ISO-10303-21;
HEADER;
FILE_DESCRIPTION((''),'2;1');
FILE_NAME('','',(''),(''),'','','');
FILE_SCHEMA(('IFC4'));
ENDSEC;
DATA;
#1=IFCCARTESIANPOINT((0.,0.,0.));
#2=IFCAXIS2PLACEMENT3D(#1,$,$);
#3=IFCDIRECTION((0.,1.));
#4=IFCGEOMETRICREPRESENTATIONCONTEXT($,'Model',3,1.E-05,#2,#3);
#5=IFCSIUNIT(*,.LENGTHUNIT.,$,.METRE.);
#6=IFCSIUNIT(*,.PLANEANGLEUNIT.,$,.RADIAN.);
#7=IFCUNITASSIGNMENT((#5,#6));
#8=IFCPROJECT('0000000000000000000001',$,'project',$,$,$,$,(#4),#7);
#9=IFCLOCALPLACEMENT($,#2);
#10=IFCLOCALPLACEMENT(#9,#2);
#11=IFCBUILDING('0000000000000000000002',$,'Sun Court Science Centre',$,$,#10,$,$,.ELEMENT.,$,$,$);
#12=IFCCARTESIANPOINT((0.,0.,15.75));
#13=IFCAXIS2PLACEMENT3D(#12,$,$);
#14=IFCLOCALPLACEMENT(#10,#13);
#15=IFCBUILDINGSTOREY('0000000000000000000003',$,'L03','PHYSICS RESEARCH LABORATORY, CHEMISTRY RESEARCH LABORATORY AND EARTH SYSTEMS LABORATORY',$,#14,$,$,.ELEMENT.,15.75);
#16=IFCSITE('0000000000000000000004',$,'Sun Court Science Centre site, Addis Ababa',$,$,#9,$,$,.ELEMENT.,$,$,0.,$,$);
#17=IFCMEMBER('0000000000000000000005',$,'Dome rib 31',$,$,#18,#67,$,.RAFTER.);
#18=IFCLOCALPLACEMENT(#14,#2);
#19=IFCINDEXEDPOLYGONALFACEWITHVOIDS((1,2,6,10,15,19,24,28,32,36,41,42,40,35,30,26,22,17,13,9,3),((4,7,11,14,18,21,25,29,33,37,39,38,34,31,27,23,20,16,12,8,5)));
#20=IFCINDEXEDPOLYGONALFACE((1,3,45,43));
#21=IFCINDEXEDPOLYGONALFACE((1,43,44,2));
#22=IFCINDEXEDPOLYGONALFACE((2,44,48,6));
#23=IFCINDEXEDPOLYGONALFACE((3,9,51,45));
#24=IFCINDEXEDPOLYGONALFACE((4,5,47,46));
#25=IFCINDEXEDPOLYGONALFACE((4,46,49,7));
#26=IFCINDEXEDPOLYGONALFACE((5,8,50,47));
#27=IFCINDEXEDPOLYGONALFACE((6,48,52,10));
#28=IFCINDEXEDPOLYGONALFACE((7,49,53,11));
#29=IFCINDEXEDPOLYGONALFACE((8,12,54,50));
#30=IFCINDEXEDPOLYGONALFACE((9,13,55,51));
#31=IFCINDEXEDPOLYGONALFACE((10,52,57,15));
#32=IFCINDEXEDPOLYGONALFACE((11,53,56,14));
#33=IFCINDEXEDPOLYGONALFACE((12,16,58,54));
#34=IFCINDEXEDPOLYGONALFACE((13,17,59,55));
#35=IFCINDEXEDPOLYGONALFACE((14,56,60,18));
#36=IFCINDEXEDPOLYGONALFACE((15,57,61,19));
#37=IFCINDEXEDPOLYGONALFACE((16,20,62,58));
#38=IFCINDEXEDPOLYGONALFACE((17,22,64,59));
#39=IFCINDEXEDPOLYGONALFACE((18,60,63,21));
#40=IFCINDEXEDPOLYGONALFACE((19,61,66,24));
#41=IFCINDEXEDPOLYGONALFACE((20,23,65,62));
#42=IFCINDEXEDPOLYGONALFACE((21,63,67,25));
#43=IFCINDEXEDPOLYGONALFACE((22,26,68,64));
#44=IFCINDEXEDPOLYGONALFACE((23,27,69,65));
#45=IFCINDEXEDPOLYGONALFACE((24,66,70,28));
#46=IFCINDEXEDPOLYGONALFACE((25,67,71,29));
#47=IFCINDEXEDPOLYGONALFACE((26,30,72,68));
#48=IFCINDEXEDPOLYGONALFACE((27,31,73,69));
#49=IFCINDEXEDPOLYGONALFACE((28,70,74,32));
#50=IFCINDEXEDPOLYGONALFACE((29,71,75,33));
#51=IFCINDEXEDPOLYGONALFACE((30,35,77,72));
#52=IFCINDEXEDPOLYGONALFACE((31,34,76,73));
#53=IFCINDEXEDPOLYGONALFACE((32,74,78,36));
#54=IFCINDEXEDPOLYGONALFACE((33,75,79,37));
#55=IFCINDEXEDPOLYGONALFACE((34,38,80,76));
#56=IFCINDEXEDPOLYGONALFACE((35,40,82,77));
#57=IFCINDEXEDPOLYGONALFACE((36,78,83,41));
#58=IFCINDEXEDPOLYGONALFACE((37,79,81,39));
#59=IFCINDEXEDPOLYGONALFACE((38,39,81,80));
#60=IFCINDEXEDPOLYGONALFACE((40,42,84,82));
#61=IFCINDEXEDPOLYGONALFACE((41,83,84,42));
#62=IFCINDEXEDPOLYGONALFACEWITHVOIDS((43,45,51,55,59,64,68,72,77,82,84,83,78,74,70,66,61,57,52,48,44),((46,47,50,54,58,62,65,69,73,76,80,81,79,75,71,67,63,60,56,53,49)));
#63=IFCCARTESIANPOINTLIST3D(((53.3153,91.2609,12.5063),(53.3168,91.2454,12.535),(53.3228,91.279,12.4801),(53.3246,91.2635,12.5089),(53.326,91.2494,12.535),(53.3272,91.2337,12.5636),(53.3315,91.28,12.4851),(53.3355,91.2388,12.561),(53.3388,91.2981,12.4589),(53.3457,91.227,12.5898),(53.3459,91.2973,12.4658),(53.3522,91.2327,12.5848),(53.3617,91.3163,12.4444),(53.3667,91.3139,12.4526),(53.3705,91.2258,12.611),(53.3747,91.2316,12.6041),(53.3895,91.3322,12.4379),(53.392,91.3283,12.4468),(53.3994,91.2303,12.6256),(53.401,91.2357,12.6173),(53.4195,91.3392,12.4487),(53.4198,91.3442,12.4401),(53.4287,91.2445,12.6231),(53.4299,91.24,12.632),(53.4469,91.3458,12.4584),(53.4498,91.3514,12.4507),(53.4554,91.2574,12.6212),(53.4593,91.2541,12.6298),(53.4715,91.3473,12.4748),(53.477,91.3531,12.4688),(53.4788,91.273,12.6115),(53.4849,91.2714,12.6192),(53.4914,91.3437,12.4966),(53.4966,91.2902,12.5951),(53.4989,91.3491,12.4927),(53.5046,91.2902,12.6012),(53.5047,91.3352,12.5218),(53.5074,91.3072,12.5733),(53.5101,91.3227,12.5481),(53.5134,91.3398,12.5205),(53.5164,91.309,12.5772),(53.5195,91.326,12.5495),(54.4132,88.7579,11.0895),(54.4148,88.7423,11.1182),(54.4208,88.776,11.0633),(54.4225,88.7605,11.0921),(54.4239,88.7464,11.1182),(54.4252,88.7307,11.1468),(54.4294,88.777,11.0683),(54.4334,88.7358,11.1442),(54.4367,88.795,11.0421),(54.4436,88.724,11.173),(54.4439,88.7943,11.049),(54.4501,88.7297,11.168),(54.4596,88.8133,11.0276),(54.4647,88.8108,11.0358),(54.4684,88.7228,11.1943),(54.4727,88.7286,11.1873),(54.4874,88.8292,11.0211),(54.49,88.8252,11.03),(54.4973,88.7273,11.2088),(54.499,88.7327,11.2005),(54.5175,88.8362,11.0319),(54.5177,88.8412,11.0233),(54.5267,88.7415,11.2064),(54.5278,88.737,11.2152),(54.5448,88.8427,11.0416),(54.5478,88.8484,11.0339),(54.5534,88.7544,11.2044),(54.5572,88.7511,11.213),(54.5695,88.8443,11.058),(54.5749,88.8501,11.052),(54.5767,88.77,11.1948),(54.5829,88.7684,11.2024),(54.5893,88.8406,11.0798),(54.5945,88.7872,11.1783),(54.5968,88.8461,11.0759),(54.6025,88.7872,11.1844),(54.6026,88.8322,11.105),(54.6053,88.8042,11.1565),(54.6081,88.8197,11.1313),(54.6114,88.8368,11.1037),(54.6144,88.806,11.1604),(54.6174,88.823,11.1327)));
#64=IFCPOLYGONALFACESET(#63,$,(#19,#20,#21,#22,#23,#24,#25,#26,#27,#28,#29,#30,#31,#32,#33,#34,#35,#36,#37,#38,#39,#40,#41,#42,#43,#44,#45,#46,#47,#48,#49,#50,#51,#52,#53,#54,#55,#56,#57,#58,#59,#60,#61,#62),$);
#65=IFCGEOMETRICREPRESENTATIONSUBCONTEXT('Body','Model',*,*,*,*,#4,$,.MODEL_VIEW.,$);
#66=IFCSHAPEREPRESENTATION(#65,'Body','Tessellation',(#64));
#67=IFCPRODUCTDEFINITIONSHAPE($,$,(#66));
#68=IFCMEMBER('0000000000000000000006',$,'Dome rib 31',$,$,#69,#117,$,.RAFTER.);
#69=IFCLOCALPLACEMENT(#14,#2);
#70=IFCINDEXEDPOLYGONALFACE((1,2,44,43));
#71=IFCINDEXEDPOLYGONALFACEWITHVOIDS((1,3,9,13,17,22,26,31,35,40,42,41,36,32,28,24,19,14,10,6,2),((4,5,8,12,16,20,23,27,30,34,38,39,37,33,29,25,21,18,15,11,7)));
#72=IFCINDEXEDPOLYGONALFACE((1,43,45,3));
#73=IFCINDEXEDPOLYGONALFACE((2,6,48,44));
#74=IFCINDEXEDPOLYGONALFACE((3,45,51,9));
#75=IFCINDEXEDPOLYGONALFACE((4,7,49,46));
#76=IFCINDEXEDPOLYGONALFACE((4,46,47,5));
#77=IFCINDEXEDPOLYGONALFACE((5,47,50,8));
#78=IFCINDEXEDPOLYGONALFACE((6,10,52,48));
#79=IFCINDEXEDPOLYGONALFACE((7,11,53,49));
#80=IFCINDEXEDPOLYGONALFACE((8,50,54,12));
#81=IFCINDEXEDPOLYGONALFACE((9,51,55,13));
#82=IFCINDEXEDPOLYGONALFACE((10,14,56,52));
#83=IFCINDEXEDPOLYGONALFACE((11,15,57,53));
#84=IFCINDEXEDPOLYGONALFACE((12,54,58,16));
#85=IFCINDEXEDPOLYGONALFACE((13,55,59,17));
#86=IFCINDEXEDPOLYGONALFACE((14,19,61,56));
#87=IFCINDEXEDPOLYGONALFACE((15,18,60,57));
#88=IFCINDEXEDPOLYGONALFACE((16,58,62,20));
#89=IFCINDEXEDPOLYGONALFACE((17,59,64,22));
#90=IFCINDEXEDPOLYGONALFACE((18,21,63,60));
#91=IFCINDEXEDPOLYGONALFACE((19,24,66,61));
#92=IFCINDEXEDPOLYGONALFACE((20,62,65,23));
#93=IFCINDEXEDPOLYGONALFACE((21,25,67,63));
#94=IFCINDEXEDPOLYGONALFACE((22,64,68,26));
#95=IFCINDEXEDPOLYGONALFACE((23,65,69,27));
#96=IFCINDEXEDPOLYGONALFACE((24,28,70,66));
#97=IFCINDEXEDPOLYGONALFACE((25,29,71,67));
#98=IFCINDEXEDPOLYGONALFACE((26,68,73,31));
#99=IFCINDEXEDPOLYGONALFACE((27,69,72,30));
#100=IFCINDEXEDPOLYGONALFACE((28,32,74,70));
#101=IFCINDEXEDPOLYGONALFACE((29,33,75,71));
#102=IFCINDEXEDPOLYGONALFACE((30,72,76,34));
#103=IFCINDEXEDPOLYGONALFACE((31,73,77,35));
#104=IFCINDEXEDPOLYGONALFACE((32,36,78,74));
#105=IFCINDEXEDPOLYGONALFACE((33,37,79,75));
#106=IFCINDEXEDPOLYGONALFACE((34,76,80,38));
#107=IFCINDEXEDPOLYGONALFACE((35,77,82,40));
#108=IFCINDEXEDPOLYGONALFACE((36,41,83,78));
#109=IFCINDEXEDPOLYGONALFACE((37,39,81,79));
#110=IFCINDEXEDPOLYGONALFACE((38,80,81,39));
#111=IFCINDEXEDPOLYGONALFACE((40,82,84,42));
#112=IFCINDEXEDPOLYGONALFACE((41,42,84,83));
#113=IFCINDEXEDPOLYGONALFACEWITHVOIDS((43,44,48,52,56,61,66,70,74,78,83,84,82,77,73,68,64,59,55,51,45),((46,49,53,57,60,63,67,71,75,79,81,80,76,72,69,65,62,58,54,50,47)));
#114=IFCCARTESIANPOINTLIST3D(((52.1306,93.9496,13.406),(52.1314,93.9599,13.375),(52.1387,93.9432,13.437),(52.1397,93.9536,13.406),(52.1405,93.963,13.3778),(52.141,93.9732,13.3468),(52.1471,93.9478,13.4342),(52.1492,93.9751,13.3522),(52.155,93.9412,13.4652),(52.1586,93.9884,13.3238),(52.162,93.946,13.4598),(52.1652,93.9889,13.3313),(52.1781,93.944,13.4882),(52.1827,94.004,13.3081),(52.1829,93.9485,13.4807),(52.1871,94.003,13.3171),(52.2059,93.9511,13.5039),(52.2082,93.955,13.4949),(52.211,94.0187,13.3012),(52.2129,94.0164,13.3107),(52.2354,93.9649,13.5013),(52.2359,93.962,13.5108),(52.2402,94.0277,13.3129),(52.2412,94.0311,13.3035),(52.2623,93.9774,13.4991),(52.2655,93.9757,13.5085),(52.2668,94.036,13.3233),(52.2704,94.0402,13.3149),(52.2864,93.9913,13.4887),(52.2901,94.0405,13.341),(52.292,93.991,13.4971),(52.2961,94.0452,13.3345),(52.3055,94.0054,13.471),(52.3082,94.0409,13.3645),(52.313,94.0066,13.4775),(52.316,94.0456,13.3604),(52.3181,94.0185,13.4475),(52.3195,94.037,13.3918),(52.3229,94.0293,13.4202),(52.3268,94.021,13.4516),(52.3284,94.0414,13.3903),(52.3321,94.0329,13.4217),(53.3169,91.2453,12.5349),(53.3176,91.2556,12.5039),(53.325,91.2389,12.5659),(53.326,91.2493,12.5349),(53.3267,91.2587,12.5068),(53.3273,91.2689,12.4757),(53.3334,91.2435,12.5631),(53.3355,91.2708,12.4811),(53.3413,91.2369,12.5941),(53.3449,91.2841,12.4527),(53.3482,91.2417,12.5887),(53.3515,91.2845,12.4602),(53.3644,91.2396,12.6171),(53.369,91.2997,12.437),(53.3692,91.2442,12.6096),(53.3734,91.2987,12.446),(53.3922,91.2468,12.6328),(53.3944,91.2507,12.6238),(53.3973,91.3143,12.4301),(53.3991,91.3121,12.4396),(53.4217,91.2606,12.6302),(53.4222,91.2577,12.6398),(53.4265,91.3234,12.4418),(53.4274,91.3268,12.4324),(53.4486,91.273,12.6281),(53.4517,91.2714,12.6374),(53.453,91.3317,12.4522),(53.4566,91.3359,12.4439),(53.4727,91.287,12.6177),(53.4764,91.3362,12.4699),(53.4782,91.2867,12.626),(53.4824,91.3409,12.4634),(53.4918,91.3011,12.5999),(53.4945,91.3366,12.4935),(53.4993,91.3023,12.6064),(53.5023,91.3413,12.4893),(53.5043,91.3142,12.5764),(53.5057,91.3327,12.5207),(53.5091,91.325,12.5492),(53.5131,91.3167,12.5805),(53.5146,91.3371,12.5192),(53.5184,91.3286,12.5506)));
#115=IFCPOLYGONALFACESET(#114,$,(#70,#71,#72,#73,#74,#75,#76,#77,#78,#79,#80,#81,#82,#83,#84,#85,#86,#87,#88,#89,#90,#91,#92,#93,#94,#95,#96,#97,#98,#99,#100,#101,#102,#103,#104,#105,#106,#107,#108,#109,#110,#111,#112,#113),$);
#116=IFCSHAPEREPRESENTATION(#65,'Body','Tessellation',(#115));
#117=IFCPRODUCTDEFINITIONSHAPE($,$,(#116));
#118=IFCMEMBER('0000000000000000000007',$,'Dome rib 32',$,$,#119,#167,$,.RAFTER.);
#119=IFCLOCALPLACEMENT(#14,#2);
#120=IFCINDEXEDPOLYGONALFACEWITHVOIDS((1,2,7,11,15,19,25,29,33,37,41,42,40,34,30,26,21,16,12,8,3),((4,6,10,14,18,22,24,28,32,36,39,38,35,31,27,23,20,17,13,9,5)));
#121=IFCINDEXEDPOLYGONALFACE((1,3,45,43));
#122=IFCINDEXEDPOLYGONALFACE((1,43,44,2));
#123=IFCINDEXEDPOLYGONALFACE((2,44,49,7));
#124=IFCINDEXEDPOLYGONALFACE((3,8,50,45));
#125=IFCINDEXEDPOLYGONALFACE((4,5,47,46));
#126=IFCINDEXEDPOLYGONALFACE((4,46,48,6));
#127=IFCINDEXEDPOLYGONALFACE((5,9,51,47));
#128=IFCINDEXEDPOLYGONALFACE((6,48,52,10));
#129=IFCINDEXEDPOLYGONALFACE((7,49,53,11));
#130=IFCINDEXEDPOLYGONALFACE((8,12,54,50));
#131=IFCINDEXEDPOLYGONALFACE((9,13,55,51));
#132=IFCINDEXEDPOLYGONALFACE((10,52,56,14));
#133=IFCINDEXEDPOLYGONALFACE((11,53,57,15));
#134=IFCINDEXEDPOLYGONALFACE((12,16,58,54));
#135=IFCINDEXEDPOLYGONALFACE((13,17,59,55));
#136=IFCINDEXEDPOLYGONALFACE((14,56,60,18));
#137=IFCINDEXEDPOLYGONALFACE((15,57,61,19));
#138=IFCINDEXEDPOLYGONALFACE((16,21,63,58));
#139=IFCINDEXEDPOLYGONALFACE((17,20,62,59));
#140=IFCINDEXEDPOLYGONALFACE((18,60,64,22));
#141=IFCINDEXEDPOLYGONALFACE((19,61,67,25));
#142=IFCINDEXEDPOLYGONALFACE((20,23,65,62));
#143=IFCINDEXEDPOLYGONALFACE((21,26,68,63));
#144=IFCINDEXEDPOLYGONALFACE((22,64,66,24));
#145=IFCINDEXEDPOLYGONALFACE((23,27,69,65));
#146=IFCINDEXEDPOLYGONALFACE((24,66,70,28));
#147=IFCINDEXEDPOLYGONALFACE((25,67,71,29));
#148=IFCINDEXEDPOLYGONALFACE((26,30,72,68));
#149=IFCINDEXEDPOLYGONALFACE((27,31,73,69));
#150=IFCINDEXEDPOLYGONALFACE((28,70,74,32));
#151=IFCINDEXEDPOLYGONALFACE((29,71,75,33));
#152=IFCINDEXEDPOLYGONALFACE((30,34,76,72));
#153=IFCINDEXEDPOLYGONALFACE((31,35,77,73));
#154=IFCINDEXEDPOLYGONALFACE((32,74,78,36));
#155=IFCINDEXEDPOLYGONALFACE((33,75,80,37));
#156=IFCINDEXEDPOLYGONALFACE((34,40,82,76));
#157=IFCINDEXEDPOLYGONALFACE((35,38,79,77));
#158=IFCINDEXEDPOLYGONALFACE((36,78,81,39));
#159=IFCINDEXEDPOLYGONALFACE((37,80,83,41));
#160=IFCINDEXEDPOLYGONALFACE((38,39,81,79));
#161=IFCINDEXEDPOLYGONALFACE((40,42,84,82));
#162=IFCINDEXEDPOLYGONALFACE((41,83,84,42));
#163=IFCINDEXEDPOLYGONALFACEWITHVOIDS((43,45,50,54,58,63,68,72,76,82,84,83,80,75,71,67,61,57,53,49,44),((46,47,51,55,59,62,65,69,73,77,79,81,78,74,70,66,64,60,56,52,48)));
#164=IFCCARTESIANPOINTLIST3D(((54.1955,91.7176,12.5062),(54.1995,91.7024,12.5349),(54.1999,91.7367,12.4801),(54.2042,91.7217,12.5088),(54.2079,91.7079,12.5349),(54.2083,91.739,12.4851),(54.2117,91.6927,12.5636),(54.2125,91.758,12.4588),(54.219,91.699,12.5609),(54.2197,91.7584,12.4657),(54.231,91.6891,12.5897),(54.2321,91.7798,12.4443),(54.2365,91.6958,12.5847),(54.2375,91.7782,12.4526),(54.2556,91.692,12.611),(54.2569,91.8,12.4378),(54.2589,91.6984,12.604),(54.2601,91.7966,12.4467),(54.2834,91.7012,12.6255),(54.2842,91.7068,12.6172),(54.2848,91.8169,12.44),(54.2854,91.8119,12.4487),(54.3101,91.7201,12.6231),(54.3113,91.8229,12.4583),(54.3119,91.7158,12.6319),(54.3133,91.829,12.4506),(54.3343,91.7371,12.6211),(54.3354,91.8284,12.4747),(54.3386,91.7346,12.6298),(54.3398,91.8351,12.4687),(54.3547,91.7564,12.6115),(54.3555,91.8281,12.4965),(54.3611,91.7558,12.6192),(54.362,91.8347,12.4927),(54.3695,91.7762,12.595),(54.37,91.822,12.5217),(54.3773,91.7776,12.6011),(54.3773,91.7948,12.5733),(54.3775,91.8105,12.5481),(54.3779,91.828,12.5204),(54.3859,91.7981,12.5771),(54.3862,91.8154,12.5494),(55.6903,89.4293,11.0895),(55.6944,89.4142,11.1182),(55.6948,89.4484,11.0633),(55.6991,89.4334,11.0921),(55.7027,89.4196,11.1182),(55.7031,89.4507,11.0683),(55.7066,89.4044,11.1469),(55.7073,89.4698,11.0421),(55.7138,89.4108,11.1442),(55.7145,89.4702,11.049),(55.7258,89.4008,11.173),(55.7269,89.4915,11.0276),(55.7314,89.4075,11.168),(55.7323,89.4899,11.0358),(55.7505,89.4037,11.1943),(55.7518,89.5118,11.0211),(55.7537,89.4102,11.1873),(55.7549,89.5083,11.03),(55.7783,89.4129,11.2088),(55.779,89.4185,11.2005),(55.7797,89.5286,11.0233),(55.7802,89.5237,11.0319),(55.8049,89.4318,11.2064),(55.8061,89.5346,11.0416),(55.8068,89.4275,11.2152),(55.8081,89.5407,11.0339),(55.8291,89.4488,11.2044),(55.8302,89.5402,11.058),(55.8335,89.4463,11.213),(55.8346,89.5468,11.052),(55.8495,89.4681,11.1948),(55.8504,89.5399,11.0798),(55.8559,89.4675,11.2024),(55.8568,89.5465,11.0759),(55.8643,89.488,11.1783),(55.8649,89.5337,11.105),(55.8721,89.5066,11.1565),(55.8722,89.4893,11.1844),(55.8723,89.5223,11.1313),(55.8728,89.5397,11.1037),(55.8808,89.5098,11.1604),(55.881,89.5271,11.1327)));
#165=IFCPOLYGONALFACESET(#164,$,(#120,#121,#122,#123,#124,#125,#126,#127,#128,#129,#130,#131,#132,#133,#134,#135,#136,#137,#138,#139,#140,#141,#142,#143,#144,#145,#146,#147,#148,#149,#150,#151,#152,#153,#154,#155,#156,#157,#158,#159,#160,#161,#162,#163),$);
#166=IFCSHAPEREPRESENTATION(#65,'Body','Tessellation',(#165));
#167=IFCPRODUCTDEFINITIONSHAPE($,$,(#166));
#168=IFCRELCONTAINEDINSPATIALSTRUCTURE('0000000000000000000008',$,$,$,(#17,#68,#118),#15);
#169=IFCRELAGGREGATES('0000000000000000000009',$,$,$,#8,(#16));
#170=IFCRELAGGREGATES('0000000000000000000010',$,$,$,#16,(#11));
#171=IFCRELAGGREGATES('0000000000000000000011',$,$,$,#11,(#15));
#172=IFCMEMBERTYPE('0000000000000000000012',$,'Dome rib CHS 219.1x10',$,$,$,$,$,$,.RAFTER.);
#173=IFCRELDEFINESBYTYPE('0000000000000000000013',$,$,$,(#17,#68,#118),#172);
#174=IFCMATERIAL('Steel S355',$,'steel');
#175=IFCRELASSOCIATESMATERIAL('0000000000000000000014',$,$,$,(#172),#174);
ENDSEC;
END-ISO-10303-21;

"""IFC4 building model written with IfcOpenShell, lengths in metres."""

from ifc_helpers import new_model, si_unit, direction, frame, origin, origin_2d, place, context, subcontext, project, spatial, hollow_circle, extrude, material, material_profile, profile_set, type_object, element, save


model = new_model("IFC4")

# Units and contexts
model_context = context("Model", 3, precision=1e-05, world=origin(), true_north=direction((0.0, 1.0)))
body_context = subcontext(model_context, "Body", "Model", "MODEL_VIEW")
ifc_project = project(units=[si_unit("LENGTHUNIT", "METRE"), si_unit("PLANEANGLEUNIT", "RADIAN")], contexts=[model_context])

# Site, building, storey
site_placement = place(None, origin())
site = spatial("IfcSite", under=ifc_project, at=site_placement, Name="Sun Court Science Centre site, Addis Ababa", CompositionType="ELEMENT", RefElevation=0.0)
building_placement = place(site_placement, origin())
building = spatial("IfcBuilding", under=site, at=building_placement, Name="Sun Court Science Centre", CompositionType="ELEMENT")
storey_placement = place(building_placement, frame((0.0, 0.0, 15.75)))
storey = spatial("IfcBuildingStorey", under=building, at=storey_placement, Name="L03", Description="PHYSICS RESEARCH LABORATORY, CHEMISTRY RESEARCH LABORATORY AND EARTH SYSTEMS LABORATORY", CompositionType="ELEMENT", Elevation=15.75)

# Members
ifc_material_1 = material(Name="Steel S355", Category="steel")
ifc_material_profile_1 = material_profile(ifc_material_1, hollow_circle(Radius=0.1096, WallThickness=0.01, at=origin_2d()), Name="CHS 219.1x10")
ifc_profile_set_1 = profile_set([ifc_material_profile_1], Name="Steel S355")
member_type_1 = type_object("IfcMemberType", Name="Dome rib CHS 219.1x10", PredefinedType="RAFTER", material=ifc_profile_set_1)
member_1_placement = place(storey_placement, frame((54.5151, 88.7864, 11.1182), z_axis=(-0.356634, 0.813033, 0.460206), x_axis=(-0.915771, -0.4017, 0.0)))
element("IfcMember", 1, at=member_1_placement, inside=storey, type_object=member_type_1, Name="Dome rib 31", PredefinedType="RAFTER", context=body_context, shape_type="SweptSolid", body=[
    extrude(hollow_circle(Radius=0.1096, WallThickness=0.01, at=origin_2d()), origin(), (0.0, 0.0, 1.0), 3.0786),
])
member_2_placement = place(storey_placement, frame((53.4172, 91.2893, 12.5349), z_axis=(-0.385295, 0.878352, 0.282925), x_axis=(-0.915768, -0.401708, 0.0)))
element("IfcMember", 2, at=member_2_placement, inside=storey, type_object=member_type_1, Name="Dome rib 31", PredefinedType="RAFTER", context=body_context, shape_type="SweptSolid", body=[
    extrude(hollow_circle(Radius=0.1096, WallThickness=0.01, at=origin_2d()), origin(), (0.0, 0.0, 1.0), 3.0789),
])
for number, where, z_axis, x_axis, name in (
    (3, (55.7861, 89.4741, 11.1182), (-0.485556, 0.743283, 0.46018), (-0.837195, -0.546905, 0.0), "Dome rib 32"),
):
    element("IfcMember", number, at=place(storey_placement, frame(where, z_axis=z_axis, x_axis=x_axis)), inside=storey, type_object=member_type_1, Name=name, PredefinedType="RAFTER", context=body_context, shape_type="SweptSolid", body=[
        extrude(hollow_circle(Radius=0.1096, WallThickness=0.01, at=origin_2d()), origin(), (0.0, 0.0, 1.0), 3.0786),
    ])

save(model, "model.ifc")
